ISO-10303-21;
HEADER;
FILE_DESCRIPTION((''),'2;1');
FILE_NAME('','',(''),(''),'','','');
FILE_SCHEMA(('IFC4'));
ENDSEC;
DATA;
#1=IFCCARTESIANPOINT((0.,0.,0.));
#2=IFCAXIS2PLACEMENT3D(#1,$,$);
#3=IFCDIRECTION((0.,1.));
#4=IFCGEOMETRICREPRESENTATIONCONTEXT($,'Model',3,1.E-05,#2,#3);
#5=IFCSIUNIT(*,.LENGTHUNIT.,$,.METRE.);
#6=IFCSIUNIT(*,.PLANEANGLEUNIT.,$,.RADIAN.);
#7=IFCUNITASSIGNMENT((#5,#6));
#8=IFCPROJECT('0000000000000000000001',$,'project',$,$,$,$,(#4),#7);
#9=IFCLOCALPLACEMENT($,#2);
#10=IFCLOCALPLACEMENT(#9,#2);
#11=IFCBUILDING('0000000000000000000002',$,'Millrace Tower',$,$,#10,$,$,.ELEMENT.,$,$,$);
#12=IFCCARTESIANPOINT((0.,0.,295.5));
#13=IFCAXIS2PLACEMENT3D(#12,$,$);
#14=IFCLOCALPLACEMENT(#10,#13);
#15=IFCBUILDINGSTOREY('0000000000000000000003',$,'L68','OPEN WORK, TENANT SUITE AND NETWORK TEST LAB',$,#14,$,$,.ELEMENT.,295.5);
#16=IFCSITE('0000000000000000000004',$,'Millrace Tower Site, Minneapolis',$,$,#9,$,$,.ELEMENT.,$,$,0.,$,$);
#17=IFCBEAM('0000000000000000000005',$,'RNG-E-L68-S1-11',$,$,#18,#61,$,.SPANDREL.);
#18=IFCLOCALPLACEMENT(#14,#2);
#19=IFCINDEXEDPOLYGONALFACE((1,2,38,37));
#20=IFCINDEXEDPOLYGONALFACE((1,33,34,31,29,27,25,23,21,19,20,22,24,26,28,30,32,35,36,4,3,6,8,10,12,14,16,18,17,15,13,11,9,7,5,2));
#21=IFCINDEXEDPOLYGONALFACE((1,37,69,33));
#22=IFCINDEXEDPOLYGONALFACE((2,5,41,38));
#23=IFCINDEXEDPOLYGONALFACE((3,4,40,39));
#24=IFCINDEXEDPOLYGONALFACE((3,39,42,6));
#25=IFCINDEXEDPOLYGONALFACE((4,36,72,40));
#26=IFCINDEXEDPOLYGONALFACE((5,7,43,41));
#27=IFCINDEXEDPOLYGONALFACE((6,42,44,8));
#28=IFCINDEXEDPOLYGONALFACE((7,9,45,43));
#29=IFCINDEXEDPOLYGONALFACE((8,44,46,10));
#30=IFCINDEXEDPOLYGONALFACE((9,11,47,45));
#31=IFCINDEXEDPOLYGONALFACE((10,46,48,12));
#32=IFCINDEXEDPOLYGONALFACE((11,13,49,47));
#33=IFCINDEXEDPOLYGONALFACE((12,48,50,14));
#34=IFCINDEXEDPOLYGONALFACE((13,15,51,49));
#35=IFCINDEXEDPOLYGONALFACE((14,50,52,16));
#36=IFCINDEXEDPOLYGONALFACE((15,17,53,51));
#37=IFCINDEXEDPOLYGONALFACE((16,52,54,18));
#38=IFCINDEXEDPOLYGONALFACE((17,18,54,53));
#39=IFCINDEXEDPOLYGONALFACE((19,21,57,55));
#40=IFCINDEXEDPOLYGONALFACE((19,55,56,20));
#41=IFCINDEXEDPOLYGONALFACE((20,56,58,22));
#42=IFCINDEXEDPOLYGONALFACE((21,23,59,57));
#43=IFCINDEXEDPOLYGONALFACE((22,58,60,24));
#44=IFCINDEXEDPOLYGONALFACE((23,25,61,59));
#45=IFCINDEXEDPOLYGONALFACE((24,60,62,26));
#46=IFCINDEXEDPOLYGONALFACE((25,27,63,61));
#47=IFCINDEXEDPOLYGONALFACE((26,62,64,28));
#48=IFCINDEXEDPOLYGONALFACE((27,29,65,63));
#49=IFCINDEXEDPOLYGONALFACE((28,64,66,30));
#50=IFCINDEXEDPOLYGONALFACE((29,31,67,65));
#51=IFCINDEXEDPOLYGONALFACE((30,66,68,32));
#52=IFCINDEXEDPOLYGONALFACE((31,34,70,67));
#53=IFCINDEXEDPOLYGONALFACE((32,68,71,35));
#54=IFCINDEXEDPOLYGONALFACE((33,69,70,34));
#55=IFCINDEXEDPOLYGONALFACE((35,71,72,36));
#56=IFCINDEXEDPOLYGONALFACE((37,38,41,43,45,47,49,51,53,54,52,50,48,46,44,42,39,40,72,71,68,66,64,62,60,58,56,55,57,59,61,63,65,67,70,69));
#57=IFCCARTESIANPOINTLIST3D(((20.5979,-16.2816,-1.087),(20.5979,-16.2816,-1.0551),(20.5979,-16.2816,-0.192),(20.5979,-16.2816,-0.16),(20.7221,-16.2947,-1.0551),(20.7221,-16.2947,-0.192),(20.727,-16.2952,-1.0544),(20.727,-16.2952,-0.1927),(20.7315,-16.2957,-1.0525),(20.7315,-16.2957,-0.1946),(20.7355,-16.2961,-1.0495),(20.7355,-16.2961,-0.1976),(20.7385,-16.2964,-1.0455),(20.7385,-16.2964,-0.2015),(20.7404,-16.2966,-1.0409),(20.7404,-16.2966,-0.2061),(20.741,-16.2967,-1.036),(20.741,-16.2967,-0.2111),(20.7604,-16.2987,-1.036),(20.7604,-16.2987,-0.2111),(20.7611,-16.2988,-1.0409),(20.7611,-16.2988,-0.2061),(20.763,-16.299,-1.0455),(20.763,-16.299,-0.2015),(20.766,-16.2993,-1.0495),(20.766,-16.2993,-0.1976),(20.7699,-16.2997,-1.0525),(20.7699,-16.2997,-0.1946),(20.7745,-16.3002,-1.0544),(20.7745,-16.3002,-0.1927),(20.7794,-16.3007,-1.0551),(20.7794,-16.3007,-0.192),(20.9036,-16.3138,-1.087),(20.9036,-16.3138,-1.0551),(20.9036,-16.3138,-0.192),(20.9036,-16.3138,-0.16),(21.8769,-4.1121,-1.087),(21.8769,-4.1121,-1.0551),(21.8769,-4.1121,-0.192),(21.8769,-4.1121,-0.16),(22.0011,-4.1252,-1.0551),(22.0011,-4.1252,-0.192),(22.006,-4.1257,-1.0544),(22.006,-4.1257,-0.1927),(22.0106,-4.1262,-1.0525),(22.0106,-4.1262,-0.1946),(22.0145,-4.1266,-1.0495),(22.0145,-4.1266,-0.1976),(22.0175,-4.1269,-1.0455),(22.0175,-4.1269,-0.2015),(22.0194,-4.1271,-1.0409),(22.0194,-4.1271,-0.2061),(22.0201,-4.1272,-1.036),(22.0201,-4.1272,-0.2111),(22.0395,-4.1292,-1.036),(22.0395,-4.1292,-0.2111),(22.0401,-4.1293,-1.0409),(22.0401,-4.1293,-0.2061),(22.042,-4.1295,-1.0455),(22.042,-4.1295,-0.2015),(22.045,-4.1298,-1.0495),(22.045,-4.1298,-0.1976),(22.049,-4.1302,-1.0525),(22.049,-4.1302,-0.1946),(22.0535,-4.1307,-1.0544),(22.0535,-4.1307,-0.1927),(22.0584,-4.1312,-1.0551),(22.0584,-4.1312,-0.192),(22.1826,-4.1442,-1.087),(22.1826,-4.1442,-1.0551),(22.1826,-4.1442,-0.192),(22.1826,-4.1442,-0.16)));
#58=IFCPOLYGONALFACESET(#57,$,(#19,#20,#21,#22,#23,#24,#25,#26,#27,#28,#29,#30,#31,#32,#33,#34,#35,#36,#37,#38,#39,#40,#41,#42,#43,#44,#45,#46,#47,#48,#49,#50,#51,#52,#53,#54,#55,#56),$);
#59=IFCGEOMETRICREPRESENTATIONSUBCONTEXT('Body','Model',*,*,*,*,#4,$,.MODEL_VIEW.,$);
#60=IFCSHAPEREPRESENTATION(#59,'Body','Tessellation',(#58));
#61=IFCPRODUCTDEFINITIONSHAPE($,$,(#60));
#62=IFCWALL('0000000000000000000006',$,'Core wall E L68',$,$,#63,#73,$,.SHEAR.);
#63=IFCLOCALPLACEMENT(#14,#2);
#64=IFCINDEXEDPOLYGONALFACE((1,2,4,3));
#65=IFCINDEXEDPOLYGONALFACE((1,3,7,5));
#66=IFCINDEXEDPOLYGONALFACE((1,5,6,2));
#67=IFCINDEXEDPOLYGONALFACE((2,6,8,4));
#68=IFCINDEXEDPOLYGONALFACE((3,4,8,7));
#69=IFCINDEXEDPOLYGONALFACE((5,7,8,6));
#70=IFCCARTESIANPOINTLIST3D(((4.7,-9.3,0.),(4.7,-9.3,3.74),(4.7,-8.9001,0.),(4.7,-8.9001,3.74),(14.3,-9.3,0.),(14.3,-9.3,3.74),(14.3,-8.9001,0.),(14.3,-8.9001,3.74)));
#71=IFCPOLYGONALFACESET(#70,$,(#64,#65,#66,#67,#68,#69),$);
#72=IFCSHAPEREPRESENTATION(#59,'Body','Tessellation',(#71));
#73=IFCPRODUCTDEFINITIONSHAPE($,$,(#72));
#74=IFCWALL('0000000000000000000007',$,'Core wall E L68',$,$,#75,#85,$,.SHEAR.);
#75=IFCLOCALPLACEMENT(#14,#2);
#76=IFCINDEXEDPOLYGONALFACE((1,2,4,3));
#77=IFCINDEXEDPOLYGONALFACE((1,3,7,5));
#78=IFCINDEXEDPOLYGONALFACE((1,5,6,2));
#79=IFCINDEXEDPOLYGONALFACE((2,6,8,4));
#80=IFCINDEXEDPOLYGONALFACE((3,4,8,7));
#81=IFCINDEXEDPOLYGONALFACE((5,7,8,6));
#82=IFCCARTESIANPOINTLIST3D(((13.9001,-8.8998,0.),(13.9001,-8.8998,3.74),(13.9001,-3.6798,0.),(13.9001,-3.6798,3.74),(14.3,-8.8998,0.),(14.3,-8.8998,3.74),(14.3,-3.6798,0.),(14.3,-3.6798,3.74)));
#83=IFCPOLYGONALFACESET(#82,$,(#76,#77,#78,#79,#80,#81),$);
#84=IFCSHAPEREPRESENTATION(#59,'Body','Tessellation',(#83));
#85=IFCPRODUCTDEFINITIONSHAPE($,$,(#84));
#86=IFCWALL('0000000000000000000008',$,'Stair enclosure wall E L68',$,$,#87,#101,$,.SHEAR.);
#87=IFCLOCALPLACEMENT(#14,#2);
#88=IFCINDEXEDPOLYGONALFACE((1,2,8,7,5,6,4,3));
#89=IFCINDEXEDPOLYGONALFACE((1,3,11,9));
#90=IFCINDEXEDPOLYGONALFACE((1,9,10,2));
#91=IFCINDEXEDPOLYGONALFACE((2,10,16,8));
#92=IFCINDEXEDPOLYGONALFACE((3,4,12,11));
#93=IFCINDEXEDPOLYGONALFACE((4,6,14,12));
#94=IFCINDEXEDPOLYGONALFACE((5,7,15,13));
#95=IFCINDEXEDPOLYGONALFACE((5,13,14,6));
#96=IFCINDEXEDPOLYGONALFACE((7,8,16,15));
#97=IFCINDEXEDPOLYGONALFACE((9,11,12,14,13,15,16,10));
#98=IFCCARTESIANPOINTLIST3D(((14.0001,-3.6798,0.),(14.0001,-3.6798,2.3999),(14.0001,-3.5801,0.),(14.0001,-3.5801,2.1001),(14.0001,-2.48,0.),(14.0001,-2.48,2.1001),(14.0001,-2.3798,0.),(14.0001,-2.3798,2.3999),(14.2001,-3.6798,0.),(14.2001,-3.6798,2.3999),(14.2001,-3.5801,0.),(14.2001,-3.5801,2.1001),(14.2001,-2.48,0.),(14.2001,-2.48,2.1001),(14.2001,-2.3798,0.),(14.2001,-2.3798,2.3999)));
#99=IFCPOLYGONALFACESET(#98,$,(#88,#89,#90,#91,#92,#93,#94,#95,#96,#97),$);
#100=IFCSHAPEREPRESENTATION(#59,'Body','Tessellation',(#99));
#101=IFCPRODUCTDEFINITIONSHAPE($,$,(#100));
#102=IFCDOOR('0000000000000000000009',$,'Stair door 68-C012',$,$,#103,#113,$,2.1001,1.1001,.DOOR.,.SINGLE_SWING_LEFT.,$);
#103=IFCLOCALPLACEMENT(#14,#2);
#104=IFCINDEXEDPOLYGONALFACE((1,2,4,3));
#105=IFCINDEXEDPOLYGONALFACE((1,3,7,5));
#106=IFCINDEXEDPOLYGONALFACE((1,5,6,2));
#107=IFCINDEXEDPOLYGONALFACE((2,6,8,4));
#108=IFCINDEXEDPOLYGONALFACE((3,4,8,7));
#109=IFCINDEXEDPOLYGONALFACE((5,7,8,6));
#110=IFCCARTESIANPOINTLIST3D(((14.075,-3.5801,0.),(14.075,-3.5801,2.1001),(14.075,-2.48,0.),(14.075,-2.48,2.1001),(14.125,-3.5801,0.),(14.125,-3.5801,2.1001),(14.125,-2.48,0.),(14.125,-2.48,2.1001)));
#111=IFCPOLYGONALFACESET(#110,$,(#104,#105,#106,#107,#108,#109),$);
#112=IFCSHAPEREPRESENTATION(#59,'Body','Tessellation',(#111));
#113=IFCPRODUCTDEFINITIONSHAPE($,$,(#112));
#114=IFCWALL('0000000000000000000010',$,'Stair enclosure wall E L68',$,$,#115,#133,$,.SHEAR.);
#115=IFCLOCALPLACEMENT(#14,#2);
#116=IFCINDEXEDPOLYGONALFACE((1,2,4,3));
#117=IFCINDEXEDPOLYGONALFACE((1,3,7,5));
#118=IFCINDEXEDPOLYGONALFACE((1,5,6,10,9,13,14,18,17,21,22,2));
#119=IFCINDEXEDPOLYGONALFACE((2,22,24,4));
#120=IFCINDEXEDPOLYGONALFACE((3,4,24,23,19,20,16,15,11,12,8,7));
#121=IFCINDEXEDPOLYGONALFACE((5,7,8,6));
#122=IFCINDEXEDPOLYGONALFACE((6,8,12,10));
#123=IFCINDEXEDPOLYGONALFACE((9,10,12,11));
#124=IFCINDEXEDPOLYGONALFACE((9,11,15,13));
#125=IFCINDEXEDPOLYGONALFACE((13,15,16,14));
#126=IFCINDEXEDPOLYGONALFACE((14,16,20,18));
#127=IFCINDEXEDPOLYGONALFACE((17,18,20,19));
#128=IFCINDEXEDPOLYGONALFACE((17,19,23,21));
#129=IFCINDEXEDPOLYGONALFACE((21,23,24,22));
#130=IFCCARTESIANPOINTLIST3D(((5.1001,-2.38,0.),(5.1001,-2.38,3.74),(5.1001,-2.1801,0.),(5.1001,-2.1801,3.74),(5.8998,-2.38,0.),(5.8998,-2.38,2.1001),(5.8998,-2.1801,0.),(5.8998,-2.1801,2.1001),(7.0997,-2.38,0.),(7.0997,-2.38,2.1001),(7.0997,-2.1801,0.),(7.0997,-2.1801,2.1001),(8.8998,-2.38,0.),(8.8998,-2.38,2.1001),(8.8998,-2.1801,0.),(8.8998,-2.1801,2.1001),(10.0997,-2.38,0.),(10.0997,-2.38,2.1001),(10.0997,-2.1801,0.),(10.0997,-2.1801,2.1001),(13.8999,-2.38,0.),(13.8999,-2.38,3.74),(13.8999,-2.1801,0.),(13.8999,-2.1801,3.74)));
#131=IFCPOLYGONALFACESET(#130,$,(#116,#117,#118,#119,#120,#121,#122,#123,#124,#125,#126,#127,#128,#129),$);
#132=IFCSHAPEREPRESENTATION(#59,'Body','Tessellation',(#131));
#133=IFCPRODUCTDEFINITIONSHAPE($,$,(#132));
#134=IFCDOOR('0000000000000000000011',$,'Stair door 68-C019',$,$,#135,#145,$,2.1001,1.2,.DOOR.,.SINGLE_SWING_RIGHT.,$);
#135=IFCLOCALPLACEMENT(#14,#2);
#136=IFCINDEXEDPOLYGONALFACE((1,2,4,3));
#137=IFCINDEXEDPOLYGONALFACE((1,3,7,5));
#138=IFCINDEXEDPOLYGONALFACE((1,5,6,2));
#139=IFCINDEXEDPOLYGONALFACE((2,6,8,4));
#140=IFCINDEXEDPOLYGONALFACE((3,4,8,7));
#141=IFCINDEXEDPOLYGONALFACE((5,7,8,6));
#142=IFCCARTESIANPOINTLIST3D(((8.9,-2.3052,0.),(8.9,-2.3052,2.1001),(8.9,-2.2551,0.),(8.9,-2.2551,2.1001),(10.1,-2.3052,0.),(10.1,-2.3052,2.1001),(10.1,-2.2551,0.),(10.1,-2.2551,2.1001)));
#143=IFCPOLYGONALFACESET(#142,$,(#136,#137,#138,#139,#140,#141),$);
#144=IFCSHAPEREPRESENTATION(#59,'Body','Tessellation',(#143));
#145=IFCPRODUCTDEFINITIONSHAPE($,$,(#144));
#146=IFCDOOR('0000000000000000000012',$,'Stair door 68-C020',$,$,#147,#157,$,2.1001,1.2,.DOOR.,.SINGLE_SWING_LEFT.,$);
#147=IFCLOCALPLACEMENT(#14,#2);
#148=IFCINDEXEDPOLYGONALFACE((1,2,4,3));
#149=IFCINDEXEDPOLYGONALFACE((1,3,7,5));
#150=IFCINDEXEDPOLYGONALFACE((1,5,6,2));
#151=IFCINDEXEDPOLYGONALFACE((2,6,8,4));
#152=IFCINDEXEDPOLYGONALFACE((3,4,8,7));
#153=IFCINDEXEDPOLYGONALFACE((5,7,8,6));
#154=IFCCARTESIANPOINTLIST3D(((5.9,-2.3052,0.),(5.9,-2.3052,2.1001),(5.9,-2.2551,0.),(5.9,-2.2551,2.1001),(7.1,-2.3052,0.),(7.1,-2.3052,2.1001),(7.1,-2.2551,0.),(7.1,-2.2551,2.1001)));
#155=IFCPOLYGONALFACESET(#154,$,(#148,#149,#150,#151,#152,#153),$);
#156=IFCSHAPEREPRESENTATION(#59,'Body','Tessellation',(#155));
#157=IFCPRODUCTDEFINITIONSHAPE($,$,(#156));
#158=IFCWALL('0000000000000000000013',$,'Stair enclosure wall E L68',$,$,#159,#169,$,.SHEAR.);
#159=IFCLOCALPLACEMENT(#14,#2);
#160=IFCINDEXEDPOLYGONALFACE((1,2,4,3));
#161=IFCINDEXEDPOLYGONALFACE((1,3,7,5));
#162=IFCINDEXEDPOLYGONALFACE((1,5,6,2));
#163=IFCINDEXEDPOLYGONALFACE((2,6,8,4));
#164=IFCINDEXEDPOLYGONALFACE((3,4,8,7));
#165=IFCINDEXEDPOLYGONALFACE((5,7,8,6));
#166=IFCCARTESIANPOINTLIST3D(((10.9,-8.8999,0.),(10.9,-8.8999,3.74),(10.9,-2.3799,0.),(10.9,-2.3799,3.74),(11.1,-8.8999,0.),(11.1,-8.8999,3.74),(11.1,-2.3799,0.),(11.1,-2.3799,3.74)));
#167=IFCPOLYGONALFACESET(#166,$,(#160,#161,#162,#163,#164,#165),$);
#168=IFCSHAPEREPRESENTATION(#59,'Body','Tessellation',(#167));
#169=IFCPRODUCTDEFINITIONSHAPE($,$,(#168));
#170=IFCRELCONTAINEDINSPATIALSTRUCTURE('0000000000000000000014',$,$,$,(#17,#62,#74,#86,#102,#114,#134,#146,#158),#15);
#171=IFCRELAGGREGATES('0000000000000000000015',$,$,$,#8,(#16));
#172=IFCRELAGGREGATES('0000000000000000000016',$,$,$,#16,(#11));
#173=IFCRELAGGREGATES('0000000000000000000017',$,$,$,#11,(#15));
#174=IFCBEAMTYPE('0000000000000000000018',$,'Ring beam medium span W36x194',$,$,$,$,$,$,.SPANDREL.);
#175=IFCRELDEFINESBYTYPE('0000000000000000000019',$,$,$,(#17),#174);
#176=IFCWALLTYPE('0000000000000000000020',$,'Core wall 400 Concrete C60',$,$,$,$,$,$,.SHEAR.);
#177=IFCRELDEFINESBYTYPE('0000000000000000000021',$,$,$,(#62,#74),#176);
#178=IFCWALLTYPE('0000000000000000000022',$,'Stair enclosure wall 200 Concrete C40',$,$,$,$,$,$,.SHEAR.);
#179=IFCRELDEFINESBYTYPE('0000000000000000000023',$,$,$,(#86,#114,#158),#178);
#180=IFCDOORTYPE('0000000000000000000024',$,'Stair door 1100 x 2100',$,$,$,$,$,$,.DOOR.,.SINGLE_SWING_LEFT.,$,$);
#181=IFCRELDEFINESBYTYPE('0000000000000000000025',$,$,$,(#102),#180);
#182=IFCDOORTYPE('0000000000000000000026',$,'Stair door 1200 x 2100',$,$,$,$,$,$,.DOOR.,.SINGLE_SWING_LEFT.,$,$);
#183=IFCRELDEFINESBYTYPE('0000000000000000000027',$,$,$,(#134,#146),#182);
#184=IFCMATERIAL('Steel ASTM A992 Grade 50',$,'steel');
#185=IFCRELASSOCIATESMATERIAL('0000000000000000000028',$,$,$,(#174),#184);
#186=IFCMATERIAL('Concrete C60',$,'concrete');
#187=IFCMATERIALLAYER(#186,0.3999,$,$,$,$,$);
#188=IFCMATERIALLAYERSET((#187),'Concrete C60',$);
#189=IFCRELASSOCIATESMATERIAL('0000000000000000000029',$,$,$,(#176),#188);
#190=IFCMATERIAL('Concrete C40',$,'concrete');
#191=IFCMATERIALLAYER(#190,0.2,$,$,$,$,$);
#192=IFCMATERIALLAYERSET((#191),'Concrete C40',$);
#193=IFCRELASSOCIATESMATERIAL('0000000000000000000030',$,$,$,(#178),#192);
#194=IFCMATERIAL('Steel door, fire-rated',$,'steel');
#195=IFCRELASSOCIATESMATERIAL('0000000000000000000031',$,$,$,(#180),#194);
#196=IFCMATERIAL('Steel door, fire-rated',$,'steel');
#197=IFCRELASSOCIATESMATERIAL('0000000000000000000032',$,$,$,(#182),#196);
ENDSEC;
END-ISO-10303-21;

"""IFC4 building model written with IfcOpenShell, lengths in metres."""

from ifc_helpers import new_model, si_unit, direction, frame, frame_2d, origin, origin_2d, place, context, subcontext, project, spatial, rectangle, i_section, extrude, material, layer, layer_set, material_profile, profile_set, type_object, element, fill, save


model = new_model("IFC4")

# Units and contexts
model_context = context("Model", 3, precision=1e-05, world=origin(), true_north=direction((0.0, 1.0)))
body_context = subcontext(model_context, "Body", "Model", "MODEL_VIEW")
ifc_project = project(units=[si_unit("LENGTHUNIT", "METRE"), si_unit("PLANEANGLEUNIT", "RADIAN")], contexts=[model_context])

# Site, building, storey
site_placement = place(None, origin())
site = spatial("IfcSite", under=ifc_project, at=site_placement, Name="Millrace Tower Site, Minneapolis", CompositionType="ELEMENT", RefElevation=0.0)
building_placement = place(site_placement, origin())
building = spatial("IfcBuilding", under=site, at=building_placement, Name="Millrace Tower", CompositionType="ELEMENT")
storey_placement = place(building_placement, frame((0.0, 0.0, 295.5)))
storey = spatial("IfcBuildingStorey", under=building, at=storey_placement, Name="L68", Description="OPEN WORK, TENANT SUITE AND NETWORK TEST LAB", CompositionType="ELEMENT", Elevation=295.5)

# Beam
ifc_material_1 = material(Name="Steel ASTM A992 Grade 50", Category="steel")
ifc_material_profile_1 = material_profile(ifc_material_1, i_section(OverallWidth=0.3074, OverallDepth=0.927, WebThickness=0.0195, FlangeThickness=0.032, FilletRadius=0.019, at=origin_2d()))
ifc_profile_set_1 = profile_set([ifc_material_profile_1], Name="Steel ASTM A992 Grade 50")
beam_type_1 = type_object("IfcBeamType", Name="Ring beam medium span W36x194", PredefinedType="SPANDREL", material=ifc_profile_set_1)
beam_1_placement = place(storey_placement, frame((22.0298, -4.1282, -0.6235), z_axis=(-0.104528, -0.994522, 0.0), x_axis=(0.994522, -0.104528, 0.0)))
element("IfcBeam", 1, at=beam_1_placement, inside=storey, type_object=beam_type_1, Name="RNG-E-L68-S1-11", PredefinedType="SPANDREL", context=body_context, shape_type="SweptSolid", body=[
    extrude(i_section(OverallWidth=0.3074, OverallDepth=0.927, WebThickness=0.0195, FlangeThickness=0.032, FilletRadius=0.019, at=origin_2d()), origin(), (0.0, 0.0, 1.0), 12.2366),
])

# Walls
ifc_material_2 = material(Name="Concrete C60", Category="concrete")
ifc_layer_1 = layer(ifc_material_2, 0.3999)
ifc_layer_set_1 = layer_set([ifc_layer_1], Name="Concrete C60")
wall_type_1 = type_object("IfcWallType", Name="Core wall 400 Concrete C60", PredefinedType="SHEAR", material=ifc_layer_set_1)
wall_1_placement = place(storey_placement, frame((14.3, -9.1001, 0.0), z_axis=(0.0, 0.0, 1.0), x_axis=(-1.0, 0.0, 0.0)))
element("IfcWall", 2, at=wall_1_placement, inside=storey, type_object=wall_type_1, Name="Core wall E L68", PredefinedType="SHEAR", context=body_context, shape_type="SweptSolid", body=[
    extrude(rectangle(XDim=9.6001, YDim=0.3999, at=frame_2d((4.8, 0.0))), origin(), (0.0, 0.0, 1.0), 3.74),
])
wall_2_placement = place(storey_placement, frame((14.1001, -3.6799, 0.0), z_axis=(0.0, 0.0, 1.0), x_axis=(0.0, -1.0, 0.0)))
element("IfcWall", 3, at=wall_2_placement, inside=storey, type_object=wall_type_1, Name="Core wall E L68", PredefinedType="SHEAR", context=body_context, shape_type="SweptSolid", body=[
    extrude(rectangle(XDim=5.22, YDim=0.3999, at=frame_2d((2.6099, 0.0))), origin(), (0.0, 0.0, 1.0), 3.74),
])

# Wall, opening, door
ifc_material_3 = material(Name="Concrete C40", Category="concrete")
ifc_layer_2 = layer(ifc_material_3, 0.2)
ifc_layer_set_2 = layer_set([ifc_layer_2], Name="Concrete C40")
wall_type_2 = type_object("IfcWallType", Name="Stair enclosure wall 200 Concrete C40", PredefinedType="SHEAR", material=ifc_layer_set_2)
wall_3_placement = place(storey_placement, frame((14.1001, -2.3799, 0.0), z_axis=(0.0, 0.0, 1.0), x_axis=(0.0, -1.0, 0.0)))
wall_3 = element("IfcWall", 4, at=wall_3_placement, inside=storey, type_object=wall_type_2, Name="Stair enclosure wall E L68", PredefinedType="SHEAR", context=body_context, shape_type="SweptSolid", body=[
    extrude(rectangle(XDim=1.3, YDim=0.2, at=frame_2d((0.6499, 0.0))), origin(), (0.0, 0.0, 1.0), 2.3999),
])
opening_1_placement = place(wall_3_placement, frame((0.1001, 0.0, 0.0)))
opening_1 = element("IfcOpeningElement", 5, at=opening_1_placement, cuts=wall_3, PredefinedType="OPENING", context=body_context, shape_type="SweptSolid", body=[
    extrude(rectangle(XDim=1.1001, YDim=2.1001, at=frame_2d((0.55, 1.05))), frame((0.0, 0.1099, 0.0), z_axis=(0.0, -1.0, 0.0), x_axis=(1.0, 0.0, 0.0)), (0.0, 0.0, 1.0), 0.22),
])
ifc_material_4 = material(Name="Steel door, fire-rated", Category="steel")
door_type_1 = type_object("IfcDoorType", Name="Stair door 1100 x 2100", OperationType="SINGLE_SWING_LEFT", PredefinedType="DOOR", material=ifc_material_4)
door_1_placement = place(opening_1_placement, origin())
door_1 = element("IfcDoor", 6, at=door_1_placement, inside=storey, type_object=door_type_1, Name="Stair door 68-C012", OperationType="SINGLE_SWING_LEFT", OverallHeight=2.1001, OverallWidth=1.1001, PredefinedType="DOOR", context=body_context, shape_type="SweptSolid", body=[
    extrude(rectangle(XDim=1.1001, YDim=2.1001, at=frame_2d((0.55, 1.05))), frame((0.0, 0.0249, 0.0), z_axis=(0.0, -1.0, 0.0), x_axis=(1.0, 0.0, 0.0)), (0.0, 0.0, 1.0), 0.05),
])
fill(opening_1, door_1)

# Wall, openings, doors
wall_4_placement = place(storey_placement, frame((13.8999, -2.28, 0.0), z_axis=(0.0, 0.0, 1.0), x_axis=(-1.0, 0.0, 0.0)))
wall_4 = element("IfcWall", 7, at=wall_4_placement, inside=storey, type_object=wall_type_2, Name="Stair enclosure wall E L68", PredefinedType="SHEAR", context=body_context, shape_type="SweptSolid", body=[
    extrude(rectangle(XDim=8.7998, YDim=0.2, at=frame_2d((4.3999, 0.0))), origin(), (0.0, 0.0, 1.0), 3.74),
])
opening_2_placement = place(wall_4_placement, frame((3.8, 0.0, 0.0)))
opening_2 = element("IfcOpeningElement", 8, at=opening_2_placement, cuts=wall_4, PredefinedType="OPENING", context=body_context, shape_type="SweptSolid", body=[
    extrude(rectangle(XDim=1.2, YDim=2.1001, at=frame_2d((0.6001, 1.05))), frame((0.0, 0.1099, 0.0), z_axis=(0.0, -1.0, 0.0), x_axis=(1.0, 0.0, 0.0)), (0.0, 0.0, 1.0), 0.22),
])
opening_3_placement = place(wall_4_placement, frame((6.8, 0.0, 0.0)))
opening_3 = element("IfcOpeningElement", 9, at=opening_3_placement, cuts=wall_4, PredefinedType="OPENING", context=body_context, shape_type="SweptSolid", body=[
    extrude(rectangle(XDim=1.2, YDim=2.1001, at=frame_2d((0.6001, 1.05))), frame((0.0, 0.1099, 0.0), z_axis=(0.0, -1.0, 0.0), x_axis=(1.0, 0.0, 0.0)), (0.0, 0.0, 1.0), 0.22),
])
ifc_material_5 = material(Name="Steel door, fire-rated", Category="steel")
door_type_2 = type_object("IfcDoorType", Name="Stair door 1200 x 2100", OperationType="SINGLE_SWING_LEFT", PredefinedType="DOOR", material=ifc_material_5)
door_2_placement = place(opening_2_placement, frame((1.2, 0.0, 0.0), z_axis=(0.0, 0.0, 1.0), x_axis=(-1.0, 0.0, 0.0)))
door_2 = element("IfcDoor", 10, at=door_2_placement, inside=storey, type_object=door_type_2, Name="Stair door 68-C019", OperationType="SINGLE_SWING_RIGHT", OverallHeight=2.1001, OverallWidth=1.2, PredefinedType="DOOR", context=body_context, shape_type="SweptSolid", body=[
    extrude(rectangle(XDim=1.2, YDim=2.1001, at=frame_2d((0.6001, 1.05))), frame((0.0, 0.0249, 0.0), z_axis=(0.0, -1.0, 0.0), x_axis=(1.0, 0.0, 0.0)), (0.0, 0.0, 1.0), 0.05),
])
fill(opening_2, door_2)
door_3_placement = place(opening_3_placement, frame((1.2, 0.0, 0.0), z_axis=(0.0, 0.0, 1.0), x_axis=(-1.0, 0.0, 0.0)))
door_3 = element("IfcDoor", 11, at=door_3_placement, inside=storey, type_object=door_type_2, Name="Stair door 68-C020", OperationType="SINGLE_SWING_LEFT", OverallHeight=2.1001, OverallWidth=1.2, PredefinedType="DOOR", context=body_context, shape_type="SweptSolid", body=[
    extrude(rectangle(XDim=1.2, YDim=2.1001, at=frame_2d((0.6001, 1.05))), frame((0.0, 0.0249, 0.0), z_axis=(0.0, -1.0, 0.0), x_axis=(1.0, 0.0, 0.0)), (0.0, 0.0, 1.0), 0.05),
])
fill(opening_3, door_3)

# Wall
wall_5_placement = place(storey_placement, frame((11.0, -2.3799, 0.0), z_axis=(0.0, 0.0, 1.0), x_axis=(0.0, -1.0, 0.0)))
element("IfcWall", 12, at=wall_5_placement, inside=storey, type_object=wall_type_2, Name="Stair enclosure wall E L68", PredefinedType="SHEAR", context=body_context, shape_type="SweptSolid", body=[
    extrude(rectangle(XDim=6.52, YDim=0.2, at=frame_2d((3.26, 0.0))), origin(), (0.0, 0.0, 1.0), 3.74),
])

save(model, "model.ifc")
